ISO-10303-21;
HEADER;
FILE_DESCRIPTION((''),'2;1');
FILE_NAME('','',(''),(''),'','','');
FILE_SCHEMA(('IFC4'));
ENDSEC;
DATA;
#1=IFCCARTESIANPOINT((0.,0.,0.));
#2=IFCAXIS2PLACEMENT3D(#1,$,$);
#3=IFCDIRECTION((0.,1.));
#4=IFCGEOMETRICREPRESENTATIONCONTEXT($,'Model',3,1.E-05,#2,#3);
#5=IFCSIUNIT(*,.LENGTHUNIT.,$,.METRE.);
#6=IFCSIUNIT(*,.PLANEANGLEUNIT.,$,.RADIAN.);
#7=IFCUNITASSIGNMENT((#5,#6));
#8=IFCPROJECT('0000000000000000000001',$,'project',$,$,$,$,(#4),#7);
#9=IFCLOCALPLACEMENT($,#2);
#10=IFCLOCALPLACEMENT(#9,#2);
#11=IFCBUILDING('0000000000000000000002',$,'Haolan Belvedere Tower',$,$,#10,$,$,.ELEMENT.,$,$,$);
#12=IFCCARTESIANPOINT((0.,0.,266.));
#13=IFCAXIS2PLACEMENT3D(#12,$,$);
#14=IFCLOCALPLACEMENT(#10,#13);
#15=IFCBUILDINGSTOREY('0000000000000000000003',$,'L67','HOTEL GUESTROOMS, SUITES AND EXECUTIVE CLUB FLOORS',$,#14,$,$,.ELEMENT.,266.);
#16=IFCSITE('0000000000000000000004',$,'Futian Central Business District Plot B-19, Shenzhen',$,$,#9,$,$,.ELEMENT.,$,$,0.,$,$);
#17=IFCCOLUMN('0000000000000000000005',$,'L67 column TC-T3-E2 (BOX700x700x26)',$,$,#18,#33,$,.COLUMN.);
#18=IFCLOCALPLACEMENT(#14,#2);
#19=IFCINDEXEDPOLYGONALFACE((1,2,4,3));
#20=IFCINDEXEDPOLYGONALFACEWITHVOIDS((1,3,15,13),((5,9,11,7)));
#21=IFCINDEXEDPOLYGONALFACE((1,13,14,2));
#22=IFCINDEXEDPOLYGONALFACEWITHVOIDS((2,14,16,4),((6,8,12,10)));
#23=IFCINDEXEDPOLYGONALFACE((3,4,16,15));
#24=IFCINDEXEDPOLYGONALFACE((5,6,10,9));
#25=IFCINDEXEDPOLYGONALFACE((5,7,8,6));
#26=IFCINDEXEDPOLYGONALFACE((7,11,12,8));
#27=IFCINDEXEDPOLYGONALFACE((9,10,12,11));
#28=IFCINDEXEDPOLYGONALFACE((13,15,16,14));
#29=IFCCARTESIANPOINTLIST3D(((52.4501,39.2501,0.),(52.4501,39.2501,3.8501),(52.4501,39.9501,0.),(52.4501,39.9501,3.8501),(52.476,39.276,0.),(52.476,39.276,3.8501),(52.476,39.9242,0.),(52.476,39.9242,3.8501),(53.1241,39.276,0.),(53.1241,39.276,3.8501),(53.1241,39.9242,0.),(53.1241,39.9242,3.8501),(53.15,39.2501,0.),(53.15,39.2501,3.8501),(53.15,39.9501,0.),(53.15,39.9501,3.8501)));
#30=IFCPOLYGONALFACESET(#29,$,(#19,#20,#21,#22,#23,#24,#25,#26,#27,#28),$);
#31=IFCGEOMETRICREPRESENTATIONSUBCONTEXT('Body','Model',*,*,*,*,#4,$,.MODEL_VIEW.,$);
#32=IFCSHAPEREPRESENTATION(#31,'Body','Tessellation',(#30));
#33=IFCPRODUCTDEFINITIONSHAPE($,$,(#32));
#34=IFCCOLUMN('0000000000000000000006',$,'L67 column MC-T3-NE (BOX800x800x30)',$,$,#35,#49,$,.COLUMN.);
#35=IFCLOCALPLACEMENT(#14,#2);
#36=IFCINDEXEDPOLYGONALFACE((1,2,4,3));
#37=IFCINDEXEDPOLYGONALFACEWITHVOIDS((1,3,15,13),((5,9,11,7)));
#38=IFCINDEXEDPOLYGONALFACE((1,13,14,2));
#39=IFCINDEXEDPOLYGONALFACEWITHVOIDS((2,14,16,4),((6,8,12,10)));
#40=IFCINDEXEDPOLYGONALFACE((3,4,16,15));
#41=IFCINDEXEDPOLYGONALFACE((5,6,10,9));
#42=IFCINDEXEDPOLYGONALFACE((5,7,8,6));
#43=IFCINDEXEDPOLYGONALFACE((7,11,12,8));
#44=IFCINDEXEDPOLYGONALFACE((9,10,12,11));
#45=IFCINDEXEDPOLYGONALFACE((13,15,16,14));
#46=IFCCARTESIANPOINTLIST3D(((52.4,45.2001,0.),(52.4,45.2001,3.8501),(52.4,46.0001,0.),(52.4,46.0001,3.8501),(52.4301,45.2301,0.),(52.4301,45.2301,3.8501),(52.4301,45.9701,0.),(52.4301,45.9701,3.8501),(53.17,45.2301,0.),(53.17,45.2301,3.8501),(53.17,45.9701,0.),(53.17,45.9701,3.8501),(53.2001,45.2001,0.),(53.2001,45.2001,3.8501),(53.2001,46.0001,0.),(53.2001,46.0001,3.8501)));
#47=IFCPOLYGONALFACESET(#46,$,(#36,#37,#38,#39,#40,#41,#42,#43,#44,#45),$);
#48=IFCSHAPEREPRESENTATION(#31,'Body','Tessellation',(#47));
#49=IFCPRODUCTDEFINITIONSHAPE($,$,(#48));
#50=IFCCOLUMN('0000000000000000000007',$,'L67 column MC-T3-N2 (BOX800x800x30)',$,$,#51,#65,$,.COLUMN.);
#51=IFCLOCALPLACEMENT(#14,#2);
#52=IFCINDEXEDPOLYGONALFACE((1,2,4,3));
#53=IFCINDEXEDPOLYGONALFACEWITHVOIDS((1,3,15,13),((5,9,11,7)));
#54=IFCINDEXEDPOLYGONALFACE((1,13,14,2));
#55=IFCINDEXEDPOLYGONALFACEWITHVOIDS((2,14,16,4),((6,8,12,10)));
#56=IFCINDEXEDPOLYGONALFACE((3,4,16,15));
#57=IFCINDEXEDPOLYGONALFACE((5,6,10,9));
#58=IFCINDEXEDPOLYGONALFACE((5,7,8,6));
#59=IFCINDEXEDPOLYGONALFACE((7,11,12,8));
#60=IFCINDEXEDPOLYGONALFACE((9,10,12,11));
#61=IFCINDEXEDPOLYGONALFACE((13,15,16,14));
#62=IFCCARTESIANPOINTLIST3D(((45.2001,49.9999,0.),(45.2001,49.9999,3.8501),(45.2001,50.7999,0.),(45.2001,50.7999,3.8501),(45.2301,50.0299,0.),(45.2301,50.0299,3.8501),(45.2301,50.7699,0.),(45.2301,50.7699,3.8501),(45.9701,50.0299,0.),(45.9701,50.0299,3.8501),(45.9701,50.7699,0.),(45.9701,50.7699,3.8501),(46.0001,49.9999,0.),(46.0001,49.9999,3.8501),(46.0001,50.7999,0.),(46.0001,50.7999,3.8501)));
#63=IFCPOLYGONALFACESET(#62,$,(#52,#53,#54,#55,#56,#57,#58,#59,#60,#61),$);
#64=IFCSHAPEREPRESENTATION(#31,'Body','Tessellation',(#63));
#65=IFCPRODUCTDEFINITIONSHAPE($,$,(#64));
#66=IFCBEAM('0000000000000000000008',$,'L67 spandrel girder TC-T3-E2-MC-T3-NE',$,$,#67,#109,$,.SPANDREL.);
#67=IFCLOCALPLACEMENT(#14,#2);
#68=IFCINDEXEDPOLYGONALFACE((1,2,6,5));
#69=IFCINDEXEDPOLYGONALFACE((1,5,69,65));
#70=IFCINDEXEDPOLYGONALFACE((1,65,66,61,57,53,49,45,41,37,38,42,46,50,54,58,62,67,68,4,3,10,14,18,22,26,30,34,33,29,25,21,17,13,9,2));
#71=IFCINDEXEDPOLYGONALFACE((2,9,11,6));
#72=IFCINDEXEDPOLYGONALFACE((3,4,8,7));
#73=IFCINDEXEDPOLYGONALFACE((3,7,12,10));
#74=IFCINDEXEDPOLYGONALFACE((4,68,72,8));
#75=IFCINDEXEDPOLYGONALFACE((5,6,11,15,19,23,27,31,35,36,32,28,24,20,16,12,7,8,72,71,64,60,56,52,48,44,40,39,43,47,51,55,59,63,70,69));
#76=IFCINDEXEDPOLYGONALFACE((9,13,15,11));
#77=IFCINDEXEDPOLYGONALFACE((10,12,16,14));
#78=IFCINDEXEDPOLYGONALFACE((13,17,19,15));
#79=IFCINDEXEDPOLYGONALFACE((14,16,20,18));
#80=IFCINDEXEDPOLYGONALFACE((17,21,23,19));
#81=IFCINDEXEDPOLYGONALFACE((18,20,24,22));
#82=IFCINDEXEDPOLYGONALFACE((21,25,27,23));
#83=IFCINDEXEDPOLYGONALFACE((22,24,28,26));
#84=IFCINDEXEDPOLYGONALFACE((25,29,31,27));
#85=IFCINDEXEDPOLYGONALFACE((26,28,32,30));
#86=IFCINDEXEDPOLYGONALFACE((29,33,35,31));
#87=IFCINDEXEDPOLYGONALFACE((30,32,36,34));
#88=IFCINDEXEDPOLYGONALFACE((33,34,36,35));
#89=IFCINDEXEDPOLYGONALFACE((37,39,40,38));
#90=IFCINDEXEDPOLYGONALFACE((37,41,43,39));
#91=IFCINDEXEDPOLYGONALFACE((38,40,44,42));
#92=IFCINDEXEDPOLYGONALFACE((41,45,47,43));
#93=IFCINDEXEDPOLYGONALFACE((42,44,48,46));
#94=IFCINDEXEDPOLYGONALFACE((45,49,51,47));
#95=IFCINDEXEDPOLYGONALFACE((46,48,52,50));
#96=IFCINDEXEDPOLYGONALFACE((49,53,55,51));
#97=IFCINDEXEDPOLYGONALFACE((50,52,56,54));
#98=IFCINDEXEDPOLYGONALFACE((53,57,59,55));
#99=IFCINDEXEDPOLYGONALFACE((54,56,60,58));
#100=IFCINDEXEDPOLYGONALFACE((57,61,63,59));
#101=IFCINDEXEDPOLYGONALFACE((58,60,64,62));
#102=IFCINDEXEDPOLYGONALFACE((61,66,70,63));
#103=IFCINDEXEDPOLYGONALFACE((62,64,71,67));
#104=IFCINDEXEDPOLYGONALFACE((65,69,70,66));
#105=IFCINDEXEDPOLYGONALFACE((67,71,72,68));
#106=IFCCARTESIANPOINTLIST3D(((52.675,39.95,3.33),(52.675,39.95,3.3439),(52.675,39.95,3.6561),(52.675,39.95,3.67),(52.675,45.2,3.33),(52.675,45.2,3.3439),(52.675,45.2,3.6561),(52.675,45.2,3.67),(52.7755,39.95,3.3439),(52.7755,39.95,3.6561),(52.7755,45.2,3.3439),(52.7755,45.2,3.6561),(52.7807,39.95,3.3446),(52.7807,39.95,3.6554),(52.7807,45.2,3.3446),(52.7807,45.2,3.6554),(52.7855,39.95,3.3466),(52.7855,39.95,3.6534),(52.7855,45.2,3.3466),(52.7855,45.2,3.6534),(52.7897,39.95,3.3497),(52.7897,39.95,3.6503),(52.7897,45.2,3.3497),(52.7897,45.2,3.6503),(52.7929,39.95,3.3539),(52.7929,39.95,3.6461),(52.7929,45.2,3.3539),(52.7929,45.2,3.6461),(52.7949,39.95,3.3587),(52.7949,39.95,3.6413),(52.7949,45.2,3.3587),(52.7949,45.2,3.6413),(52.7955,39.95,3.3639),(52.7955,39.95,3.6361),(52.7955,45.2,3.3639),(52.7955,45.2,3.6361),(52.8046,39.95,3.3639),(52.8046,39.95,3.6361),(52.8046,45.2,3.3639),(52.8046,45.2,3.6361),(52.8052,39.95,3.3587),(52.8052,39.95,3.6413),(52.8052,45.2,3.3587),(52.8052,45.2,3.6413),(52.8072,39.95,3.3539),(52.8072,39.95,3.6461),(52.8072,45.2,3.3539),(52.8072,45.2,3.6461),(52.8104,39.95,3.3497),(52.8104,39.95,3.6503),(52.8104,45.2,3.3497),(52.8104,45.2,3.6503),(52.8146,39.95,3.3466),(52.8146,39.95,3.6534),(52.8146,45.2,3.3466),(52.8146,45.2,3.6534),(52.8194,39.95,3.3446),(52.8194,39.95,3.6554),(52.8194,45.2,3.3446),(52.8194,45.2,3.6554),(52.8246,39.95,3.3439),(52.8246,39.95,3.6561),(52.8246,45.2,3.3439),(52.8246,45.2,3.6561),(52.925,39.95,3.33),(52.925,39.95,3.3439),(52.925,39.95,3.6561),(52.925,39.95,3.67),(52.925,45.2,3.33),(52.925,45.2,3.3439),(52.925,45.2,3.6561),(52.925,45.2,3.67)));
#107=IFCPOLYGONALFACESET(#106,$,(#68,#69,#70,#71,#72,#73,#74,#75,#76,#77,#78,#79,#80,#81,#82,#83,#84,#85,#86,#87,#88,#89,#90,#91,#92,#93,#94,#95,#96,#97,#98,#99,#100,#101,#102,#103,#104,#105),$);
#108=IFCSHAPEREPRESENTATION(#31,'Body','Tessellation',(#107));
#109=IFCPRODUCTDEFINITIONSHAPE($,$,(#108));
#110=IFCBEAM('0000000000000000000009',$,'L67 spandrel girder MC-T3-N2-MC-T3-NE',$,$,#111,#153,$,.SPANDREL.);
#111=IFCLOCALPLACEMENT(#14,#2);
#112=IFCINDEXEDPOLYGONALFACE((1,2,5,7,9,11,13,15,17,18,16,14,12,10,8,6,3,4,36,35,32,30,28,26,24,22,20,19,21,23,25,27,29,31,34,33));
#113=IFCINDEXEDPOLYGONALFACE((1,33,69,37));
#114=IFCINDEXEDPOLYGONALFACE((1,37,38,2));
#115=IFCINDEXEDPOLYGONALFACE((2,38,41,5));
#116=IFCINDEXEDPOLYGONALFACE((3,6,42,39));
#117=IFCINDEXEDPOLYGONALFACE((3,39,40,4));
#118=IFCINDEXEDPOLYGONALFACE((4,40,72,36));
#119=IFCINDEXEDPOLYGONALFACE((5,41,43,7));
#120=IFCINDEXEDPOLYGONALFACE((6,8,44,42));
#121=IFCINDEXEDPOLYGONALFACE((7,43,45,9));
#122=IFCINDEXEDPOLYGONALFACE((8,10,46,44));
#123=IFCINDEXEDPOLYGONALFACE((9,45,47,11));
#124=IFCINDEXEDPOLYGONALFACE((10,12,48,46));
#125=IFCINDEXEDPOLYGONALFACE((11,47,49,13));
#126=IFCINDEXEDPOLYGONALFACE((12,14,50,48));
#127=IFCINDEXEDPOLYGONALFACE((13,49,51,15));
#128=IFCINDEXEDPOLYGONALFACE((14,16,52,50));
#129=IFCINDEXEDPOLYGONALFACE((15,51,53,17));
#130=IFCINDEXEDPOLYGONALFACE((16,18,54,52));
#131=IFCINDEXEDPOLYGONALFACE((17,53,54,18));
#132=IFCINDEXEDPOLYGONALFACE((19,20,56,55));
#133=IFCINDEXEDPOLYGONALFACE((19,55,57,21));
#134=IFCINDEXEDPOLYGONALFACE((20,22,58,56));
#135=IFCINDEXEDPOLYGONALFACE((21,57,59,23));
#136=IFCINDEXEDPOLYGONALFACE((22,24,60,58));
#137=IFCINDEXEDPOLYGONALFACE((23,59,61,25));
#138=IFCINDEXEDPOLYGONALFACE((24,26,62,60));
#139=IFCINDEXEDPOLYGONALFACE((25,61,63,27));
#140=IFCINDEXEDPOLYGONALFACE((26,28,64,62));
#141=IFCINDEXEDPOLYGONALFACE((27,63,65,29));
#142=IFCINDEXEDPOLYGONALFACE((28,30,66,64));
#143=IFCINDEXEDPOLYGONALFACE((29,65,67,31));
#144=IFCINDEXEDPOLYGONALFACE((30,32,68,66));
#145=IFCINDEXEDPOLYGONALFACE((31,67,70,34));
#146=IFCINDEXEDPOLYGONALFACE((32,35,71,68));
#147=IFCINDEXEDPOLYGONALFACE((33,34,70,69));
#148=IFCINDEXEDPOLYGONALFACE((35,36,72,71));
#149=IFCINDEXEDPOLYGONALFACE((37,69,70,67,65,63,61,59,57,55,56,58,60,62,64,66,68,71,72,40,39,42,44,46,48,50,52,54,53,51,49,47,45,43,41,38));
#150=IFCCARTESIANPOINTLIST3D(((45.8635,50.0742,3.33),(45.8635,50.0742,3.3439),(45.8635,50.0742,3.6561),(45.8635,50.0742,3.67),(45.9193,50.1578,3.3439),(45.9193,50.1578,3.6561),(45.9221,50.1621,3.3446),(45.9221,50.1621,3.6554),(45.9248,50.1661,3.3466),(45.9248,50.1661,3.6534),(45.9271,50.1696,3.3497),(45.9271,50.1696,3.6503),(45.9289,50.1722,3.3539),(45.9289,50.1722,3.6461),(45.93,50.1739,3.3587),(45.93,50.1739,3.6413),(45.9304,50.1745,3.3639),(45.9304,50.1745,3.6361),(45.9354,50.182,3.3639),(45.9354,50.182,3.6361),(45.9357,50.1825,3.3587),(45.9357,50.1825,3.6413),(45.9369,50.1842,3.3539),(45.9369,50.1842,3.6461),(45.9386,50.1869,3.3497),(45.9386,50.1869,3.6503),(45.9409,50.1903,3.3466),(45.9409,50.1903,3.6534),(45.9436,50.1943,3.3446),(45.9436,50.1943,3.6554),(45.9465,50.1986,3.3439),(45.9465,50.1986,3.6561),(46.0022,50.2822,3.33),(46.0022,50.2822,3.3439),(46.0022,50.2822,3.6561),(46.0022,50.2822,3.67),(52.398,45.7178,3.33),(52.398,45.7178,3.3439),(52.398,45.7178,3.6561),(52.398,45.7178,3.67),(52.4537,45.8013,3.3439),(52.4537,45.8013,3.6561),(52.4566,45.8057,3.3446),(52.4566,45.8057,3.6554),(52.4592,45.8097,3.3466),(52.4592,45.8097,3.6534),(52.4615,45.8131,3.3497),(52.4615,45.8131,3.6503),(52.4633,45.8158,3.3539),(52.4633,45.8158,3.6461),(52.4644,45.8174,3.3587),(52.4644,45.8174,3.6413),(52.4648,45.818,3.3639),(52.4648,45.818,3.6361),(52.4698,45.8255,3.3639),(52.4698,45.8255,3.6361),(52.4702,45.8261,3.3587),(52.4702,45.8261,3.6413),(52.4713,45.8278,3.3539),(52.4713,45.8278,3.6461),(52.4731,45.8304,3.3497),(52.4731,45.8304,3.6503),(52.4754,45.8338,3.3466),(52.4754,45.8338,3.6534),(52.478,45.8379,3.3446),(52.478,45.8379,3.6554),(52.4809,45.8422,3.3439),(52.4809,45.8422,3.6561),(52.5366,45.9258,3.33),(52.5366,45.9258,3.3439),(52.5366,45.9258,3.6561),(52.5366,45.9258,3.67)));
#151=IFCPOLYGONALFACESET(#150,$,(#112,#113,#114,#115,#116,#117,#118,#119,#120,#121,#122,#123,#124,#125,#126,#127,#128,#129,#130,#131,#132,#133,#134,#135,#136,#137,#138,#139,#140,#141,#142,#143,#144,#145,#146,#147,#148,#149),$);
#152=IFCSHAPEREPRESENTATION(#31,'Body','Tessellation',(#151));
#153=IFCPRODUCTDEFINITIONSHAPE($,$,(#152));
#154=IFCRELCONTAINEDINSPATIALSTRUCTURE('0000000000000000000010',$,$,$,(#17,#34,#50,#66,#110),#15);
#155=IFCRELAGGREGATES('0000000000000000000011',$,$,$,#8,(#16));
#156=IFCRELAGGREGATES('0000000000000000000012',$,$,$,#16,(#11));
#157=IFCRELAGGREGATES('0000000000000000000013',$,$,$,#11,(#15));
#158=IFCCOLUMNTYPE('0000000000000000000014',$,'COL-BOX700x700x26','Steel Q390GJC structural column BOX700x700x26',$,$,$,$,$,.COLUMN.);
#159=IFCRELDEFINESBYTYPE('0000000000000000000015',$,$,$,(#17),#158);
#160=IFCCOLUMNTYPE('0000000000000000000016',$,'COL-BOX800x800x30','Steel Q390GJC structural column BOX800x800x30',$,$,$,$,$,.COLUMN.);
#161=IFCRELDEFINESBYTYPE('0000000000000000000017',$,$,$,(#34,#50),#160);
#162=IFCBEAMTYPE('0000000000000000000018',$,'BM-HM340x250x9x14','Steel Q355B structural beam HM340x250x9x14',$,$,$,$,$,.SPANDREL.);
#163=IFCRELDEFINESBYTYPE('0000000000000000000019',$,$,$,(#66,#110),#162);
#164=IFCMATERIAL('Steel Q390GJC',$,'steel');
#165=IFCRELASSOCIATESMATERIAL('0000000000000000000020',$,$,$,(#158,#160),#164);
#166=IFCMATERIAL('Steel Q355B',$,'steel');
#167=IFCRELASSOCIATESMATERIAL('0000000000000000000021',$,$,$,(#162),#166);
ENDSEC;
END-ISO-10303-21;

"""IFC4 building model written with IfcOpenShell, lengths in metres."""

from ifc_helpers import new_model, si_unit, direction, frame, origin, origin_2d, place, context, subcontext, project, spatial, hollow_rectangle, i_section, extrude, material, material_profile, profile_set, type_object, element, save


model = new_model("IFC4")

# Units and contexts
model_context = context("Model", 3, precision=1e-05, world=origin(), true_north=direction((0.0, 1.0)))
body_context = subcontext(model_context, "Body", "Model", "MODEL_VIEW")
ifc_project = project(units=[si_unit("LENGTHUNIT", "METRE"), si_unit("PLANEANGLEUNIT", "RADIAN")], contexts=[model_context])

# Site, building, storey
site_placement = place(None, origin())
site = spatial("IfcSite", under=ifc_project, at=site_placement, Name="Futian Central Business District Plot B-19, Shenzhen", CompositionType="ELEMENT", RefElevation=0.0)
building_placement = place(site_placement, origin())
building = spatial("IfcBuilding", under=site, at=building_placement, Name="Haolan Belvedere Tower", CompositionType="ELEMENT")
storey_placement = place(building_placement, frame((0.0, 0.0, 266.0)))
storey = spatial("IfcBuildingStorey", under=building, at=storey_placement, Name="L67", Description="HOTEL GUESTROOMS, SUITES AND EXECUTIVE CLUB FLOORS", CompositionType="ELEMENT", Elevation=266.0)

# Columns
ifc_material_1 = material(Name="Steel Q390GJC", Category="steel")
ifc_material_profile_1 = material_profile(ifc_material_1, hollow_rectangle(XDim=0.7, YDim=0.7, WallThickness=0.0259, at=origin_2d()), Name="Steel Q390GJC")
ifc_profile_set_1 = profile_set([ifc_material_profile_1], Name="Steel Q390GJC")
column_type_1 = type_object("IfcColumnType", Name="COL-BOX700x700x26", Description="Steel Q390GJC structural column BOX700x700x26", PredefinedType="COLUMN", material=ifc_profile_set_1)
column_placement = place(storey_placement, frame((52.8, 39.6001, 0.0), z_axis=(0.0, 0.0, 1.0), x_axis=(1.0, 0.0, 0.0)))
element("IfcColumn", 1, at=column_placement, inside=storey, type_object=column_type_1, Name="L67 column TC-T3-E2 (BOX700x700x26)", PredefinedType="COLUMN", context=body_context, shape_type="SweptSolid", body=[
    extrude(hollow_rectangle(XDim=0.7, YDim=0.7, WallThickness=0.0259, at=origin_2d()), origin(), (0.0, 0.0, 1.0), 3.8501),
])
ifc_material_profile_2 = material_profile(ifc_material_1, hollow_rectangle(XDim=0.8, YDim=0.8, WallThickness=0.03, at=origin_2d()), Name="Steel Q390GJC")
ifc_profile_set_2 = profile_set([ifc_material_profile_2], Name="Steel Q390GJC")
column_type_2 = type_object("IfcColumnType", Name="COL-BOX800x800x30", Description="Steel Q390GJC structural column BOX800x800x30", PredefinedType="COLUMN", material=ifc_profile_set_2)
for number, where, z_axis, x_axis, name in (
    (2, (52.8, 45.6001, 0.0), (0.0, 0.0, 1.0), (1.0, 0.0, 0.0), "L67 column MC-T3-NE (BOX800x800x30)"),
    (3, (45.6001, 50.3999, 0.0), (0.0, 0.0, 1.0), (1.0, 0.0, 0.0), "L67 column MC-T3-N2 (BOX800x800x30)"),
):
    element("IfcColumn", number, at=place(storey_placement, frame(where, z_axis=z_axis, x_axis=x_axis)), inside=storey, type_object=column_type_2, Name=name, PredefinedType="COLUMN", context=body_context, shape_type="SweptSolid", body=[
        extrude(hollow_rectangle(XDim=0.8, YDim=0.8, WallThickness=0.03, at=origin_2d()), origin(), (0.0, 0.0, 1.0), 3.8501),
    ])

# Beams
ifc_material_2 = material(Name="Steel Q355B", Category="steel")
ifc_material_profile_3 = material_profile(ifc_material_2, i_section(OverallWidth=0.25, OverallDepth=0.3401, WebThickness=0.009, FlangeThickness=0.0139, FilletRadius=0.02, at=origin_2d()), Name="Steel Q355B")
ifc_profile_set_3 = profile_set([ifc_material_profile_3], Name="Steel Q355B")
beam_type_1 = type_object("IfcBeamType", Name="BM-HM340x250x9x14", Description="Steel Q355B structural beam HM340x250x9x14", PredefinedType="SPANDREL", material=ifc_profile_set_3)
beam_1_placement = place(storey_placement, frame((52.8, 39.95, 3.5), z_axis=(0.0, 1.0, 0.0), x_axis=(-1.0, 0.0, 0.0)))
element("IfcBeam", 4, at=beam_1_placement, inside=storey, type_object=beam_type_1, Name="L67 spandrel girder TC-T3-E2-MC-T3-NE", PredefinedType="SPANDREL", context=body_context, shape_type="SweptSolid", body=[
    extrude(i_section(OverallWidth=0.25, OverallDepth=0.3401, WebThickness=0.009, FlangeThickness=0.0139, FilletRadius=0.02, at=origin_2d()), origin(), (0.0, 0.0, 1.0), 5.25),
])
beam_2_placement = place(storey_placement, frame((45.9329, 50.1782, 3.5), z_axis=(0.832041, -0.554715, 0.0), x_axis=(0.554715, 0.832041, 0.0)))
element("IfcBeam", 5, at=beam_2_placement, inside=storey, type_object=beam_type_1, Name="L67 spandrel girder MC-T3-N2-MC-T3-NE", PredefinedType="SPANDREL", context=body_context, shape_type="SweptSolid", body=[
    extrude(i_section(OverallWidth=0.25, OverallDepth=0.3401, WebThickness=0.009, FlangeThickness=0.0139, FilletRadius=0.02, at=origin_2d()), origin(), (0.0, 0.0, 1.0), 7.8535),
])

save(model, "model.ifc")
